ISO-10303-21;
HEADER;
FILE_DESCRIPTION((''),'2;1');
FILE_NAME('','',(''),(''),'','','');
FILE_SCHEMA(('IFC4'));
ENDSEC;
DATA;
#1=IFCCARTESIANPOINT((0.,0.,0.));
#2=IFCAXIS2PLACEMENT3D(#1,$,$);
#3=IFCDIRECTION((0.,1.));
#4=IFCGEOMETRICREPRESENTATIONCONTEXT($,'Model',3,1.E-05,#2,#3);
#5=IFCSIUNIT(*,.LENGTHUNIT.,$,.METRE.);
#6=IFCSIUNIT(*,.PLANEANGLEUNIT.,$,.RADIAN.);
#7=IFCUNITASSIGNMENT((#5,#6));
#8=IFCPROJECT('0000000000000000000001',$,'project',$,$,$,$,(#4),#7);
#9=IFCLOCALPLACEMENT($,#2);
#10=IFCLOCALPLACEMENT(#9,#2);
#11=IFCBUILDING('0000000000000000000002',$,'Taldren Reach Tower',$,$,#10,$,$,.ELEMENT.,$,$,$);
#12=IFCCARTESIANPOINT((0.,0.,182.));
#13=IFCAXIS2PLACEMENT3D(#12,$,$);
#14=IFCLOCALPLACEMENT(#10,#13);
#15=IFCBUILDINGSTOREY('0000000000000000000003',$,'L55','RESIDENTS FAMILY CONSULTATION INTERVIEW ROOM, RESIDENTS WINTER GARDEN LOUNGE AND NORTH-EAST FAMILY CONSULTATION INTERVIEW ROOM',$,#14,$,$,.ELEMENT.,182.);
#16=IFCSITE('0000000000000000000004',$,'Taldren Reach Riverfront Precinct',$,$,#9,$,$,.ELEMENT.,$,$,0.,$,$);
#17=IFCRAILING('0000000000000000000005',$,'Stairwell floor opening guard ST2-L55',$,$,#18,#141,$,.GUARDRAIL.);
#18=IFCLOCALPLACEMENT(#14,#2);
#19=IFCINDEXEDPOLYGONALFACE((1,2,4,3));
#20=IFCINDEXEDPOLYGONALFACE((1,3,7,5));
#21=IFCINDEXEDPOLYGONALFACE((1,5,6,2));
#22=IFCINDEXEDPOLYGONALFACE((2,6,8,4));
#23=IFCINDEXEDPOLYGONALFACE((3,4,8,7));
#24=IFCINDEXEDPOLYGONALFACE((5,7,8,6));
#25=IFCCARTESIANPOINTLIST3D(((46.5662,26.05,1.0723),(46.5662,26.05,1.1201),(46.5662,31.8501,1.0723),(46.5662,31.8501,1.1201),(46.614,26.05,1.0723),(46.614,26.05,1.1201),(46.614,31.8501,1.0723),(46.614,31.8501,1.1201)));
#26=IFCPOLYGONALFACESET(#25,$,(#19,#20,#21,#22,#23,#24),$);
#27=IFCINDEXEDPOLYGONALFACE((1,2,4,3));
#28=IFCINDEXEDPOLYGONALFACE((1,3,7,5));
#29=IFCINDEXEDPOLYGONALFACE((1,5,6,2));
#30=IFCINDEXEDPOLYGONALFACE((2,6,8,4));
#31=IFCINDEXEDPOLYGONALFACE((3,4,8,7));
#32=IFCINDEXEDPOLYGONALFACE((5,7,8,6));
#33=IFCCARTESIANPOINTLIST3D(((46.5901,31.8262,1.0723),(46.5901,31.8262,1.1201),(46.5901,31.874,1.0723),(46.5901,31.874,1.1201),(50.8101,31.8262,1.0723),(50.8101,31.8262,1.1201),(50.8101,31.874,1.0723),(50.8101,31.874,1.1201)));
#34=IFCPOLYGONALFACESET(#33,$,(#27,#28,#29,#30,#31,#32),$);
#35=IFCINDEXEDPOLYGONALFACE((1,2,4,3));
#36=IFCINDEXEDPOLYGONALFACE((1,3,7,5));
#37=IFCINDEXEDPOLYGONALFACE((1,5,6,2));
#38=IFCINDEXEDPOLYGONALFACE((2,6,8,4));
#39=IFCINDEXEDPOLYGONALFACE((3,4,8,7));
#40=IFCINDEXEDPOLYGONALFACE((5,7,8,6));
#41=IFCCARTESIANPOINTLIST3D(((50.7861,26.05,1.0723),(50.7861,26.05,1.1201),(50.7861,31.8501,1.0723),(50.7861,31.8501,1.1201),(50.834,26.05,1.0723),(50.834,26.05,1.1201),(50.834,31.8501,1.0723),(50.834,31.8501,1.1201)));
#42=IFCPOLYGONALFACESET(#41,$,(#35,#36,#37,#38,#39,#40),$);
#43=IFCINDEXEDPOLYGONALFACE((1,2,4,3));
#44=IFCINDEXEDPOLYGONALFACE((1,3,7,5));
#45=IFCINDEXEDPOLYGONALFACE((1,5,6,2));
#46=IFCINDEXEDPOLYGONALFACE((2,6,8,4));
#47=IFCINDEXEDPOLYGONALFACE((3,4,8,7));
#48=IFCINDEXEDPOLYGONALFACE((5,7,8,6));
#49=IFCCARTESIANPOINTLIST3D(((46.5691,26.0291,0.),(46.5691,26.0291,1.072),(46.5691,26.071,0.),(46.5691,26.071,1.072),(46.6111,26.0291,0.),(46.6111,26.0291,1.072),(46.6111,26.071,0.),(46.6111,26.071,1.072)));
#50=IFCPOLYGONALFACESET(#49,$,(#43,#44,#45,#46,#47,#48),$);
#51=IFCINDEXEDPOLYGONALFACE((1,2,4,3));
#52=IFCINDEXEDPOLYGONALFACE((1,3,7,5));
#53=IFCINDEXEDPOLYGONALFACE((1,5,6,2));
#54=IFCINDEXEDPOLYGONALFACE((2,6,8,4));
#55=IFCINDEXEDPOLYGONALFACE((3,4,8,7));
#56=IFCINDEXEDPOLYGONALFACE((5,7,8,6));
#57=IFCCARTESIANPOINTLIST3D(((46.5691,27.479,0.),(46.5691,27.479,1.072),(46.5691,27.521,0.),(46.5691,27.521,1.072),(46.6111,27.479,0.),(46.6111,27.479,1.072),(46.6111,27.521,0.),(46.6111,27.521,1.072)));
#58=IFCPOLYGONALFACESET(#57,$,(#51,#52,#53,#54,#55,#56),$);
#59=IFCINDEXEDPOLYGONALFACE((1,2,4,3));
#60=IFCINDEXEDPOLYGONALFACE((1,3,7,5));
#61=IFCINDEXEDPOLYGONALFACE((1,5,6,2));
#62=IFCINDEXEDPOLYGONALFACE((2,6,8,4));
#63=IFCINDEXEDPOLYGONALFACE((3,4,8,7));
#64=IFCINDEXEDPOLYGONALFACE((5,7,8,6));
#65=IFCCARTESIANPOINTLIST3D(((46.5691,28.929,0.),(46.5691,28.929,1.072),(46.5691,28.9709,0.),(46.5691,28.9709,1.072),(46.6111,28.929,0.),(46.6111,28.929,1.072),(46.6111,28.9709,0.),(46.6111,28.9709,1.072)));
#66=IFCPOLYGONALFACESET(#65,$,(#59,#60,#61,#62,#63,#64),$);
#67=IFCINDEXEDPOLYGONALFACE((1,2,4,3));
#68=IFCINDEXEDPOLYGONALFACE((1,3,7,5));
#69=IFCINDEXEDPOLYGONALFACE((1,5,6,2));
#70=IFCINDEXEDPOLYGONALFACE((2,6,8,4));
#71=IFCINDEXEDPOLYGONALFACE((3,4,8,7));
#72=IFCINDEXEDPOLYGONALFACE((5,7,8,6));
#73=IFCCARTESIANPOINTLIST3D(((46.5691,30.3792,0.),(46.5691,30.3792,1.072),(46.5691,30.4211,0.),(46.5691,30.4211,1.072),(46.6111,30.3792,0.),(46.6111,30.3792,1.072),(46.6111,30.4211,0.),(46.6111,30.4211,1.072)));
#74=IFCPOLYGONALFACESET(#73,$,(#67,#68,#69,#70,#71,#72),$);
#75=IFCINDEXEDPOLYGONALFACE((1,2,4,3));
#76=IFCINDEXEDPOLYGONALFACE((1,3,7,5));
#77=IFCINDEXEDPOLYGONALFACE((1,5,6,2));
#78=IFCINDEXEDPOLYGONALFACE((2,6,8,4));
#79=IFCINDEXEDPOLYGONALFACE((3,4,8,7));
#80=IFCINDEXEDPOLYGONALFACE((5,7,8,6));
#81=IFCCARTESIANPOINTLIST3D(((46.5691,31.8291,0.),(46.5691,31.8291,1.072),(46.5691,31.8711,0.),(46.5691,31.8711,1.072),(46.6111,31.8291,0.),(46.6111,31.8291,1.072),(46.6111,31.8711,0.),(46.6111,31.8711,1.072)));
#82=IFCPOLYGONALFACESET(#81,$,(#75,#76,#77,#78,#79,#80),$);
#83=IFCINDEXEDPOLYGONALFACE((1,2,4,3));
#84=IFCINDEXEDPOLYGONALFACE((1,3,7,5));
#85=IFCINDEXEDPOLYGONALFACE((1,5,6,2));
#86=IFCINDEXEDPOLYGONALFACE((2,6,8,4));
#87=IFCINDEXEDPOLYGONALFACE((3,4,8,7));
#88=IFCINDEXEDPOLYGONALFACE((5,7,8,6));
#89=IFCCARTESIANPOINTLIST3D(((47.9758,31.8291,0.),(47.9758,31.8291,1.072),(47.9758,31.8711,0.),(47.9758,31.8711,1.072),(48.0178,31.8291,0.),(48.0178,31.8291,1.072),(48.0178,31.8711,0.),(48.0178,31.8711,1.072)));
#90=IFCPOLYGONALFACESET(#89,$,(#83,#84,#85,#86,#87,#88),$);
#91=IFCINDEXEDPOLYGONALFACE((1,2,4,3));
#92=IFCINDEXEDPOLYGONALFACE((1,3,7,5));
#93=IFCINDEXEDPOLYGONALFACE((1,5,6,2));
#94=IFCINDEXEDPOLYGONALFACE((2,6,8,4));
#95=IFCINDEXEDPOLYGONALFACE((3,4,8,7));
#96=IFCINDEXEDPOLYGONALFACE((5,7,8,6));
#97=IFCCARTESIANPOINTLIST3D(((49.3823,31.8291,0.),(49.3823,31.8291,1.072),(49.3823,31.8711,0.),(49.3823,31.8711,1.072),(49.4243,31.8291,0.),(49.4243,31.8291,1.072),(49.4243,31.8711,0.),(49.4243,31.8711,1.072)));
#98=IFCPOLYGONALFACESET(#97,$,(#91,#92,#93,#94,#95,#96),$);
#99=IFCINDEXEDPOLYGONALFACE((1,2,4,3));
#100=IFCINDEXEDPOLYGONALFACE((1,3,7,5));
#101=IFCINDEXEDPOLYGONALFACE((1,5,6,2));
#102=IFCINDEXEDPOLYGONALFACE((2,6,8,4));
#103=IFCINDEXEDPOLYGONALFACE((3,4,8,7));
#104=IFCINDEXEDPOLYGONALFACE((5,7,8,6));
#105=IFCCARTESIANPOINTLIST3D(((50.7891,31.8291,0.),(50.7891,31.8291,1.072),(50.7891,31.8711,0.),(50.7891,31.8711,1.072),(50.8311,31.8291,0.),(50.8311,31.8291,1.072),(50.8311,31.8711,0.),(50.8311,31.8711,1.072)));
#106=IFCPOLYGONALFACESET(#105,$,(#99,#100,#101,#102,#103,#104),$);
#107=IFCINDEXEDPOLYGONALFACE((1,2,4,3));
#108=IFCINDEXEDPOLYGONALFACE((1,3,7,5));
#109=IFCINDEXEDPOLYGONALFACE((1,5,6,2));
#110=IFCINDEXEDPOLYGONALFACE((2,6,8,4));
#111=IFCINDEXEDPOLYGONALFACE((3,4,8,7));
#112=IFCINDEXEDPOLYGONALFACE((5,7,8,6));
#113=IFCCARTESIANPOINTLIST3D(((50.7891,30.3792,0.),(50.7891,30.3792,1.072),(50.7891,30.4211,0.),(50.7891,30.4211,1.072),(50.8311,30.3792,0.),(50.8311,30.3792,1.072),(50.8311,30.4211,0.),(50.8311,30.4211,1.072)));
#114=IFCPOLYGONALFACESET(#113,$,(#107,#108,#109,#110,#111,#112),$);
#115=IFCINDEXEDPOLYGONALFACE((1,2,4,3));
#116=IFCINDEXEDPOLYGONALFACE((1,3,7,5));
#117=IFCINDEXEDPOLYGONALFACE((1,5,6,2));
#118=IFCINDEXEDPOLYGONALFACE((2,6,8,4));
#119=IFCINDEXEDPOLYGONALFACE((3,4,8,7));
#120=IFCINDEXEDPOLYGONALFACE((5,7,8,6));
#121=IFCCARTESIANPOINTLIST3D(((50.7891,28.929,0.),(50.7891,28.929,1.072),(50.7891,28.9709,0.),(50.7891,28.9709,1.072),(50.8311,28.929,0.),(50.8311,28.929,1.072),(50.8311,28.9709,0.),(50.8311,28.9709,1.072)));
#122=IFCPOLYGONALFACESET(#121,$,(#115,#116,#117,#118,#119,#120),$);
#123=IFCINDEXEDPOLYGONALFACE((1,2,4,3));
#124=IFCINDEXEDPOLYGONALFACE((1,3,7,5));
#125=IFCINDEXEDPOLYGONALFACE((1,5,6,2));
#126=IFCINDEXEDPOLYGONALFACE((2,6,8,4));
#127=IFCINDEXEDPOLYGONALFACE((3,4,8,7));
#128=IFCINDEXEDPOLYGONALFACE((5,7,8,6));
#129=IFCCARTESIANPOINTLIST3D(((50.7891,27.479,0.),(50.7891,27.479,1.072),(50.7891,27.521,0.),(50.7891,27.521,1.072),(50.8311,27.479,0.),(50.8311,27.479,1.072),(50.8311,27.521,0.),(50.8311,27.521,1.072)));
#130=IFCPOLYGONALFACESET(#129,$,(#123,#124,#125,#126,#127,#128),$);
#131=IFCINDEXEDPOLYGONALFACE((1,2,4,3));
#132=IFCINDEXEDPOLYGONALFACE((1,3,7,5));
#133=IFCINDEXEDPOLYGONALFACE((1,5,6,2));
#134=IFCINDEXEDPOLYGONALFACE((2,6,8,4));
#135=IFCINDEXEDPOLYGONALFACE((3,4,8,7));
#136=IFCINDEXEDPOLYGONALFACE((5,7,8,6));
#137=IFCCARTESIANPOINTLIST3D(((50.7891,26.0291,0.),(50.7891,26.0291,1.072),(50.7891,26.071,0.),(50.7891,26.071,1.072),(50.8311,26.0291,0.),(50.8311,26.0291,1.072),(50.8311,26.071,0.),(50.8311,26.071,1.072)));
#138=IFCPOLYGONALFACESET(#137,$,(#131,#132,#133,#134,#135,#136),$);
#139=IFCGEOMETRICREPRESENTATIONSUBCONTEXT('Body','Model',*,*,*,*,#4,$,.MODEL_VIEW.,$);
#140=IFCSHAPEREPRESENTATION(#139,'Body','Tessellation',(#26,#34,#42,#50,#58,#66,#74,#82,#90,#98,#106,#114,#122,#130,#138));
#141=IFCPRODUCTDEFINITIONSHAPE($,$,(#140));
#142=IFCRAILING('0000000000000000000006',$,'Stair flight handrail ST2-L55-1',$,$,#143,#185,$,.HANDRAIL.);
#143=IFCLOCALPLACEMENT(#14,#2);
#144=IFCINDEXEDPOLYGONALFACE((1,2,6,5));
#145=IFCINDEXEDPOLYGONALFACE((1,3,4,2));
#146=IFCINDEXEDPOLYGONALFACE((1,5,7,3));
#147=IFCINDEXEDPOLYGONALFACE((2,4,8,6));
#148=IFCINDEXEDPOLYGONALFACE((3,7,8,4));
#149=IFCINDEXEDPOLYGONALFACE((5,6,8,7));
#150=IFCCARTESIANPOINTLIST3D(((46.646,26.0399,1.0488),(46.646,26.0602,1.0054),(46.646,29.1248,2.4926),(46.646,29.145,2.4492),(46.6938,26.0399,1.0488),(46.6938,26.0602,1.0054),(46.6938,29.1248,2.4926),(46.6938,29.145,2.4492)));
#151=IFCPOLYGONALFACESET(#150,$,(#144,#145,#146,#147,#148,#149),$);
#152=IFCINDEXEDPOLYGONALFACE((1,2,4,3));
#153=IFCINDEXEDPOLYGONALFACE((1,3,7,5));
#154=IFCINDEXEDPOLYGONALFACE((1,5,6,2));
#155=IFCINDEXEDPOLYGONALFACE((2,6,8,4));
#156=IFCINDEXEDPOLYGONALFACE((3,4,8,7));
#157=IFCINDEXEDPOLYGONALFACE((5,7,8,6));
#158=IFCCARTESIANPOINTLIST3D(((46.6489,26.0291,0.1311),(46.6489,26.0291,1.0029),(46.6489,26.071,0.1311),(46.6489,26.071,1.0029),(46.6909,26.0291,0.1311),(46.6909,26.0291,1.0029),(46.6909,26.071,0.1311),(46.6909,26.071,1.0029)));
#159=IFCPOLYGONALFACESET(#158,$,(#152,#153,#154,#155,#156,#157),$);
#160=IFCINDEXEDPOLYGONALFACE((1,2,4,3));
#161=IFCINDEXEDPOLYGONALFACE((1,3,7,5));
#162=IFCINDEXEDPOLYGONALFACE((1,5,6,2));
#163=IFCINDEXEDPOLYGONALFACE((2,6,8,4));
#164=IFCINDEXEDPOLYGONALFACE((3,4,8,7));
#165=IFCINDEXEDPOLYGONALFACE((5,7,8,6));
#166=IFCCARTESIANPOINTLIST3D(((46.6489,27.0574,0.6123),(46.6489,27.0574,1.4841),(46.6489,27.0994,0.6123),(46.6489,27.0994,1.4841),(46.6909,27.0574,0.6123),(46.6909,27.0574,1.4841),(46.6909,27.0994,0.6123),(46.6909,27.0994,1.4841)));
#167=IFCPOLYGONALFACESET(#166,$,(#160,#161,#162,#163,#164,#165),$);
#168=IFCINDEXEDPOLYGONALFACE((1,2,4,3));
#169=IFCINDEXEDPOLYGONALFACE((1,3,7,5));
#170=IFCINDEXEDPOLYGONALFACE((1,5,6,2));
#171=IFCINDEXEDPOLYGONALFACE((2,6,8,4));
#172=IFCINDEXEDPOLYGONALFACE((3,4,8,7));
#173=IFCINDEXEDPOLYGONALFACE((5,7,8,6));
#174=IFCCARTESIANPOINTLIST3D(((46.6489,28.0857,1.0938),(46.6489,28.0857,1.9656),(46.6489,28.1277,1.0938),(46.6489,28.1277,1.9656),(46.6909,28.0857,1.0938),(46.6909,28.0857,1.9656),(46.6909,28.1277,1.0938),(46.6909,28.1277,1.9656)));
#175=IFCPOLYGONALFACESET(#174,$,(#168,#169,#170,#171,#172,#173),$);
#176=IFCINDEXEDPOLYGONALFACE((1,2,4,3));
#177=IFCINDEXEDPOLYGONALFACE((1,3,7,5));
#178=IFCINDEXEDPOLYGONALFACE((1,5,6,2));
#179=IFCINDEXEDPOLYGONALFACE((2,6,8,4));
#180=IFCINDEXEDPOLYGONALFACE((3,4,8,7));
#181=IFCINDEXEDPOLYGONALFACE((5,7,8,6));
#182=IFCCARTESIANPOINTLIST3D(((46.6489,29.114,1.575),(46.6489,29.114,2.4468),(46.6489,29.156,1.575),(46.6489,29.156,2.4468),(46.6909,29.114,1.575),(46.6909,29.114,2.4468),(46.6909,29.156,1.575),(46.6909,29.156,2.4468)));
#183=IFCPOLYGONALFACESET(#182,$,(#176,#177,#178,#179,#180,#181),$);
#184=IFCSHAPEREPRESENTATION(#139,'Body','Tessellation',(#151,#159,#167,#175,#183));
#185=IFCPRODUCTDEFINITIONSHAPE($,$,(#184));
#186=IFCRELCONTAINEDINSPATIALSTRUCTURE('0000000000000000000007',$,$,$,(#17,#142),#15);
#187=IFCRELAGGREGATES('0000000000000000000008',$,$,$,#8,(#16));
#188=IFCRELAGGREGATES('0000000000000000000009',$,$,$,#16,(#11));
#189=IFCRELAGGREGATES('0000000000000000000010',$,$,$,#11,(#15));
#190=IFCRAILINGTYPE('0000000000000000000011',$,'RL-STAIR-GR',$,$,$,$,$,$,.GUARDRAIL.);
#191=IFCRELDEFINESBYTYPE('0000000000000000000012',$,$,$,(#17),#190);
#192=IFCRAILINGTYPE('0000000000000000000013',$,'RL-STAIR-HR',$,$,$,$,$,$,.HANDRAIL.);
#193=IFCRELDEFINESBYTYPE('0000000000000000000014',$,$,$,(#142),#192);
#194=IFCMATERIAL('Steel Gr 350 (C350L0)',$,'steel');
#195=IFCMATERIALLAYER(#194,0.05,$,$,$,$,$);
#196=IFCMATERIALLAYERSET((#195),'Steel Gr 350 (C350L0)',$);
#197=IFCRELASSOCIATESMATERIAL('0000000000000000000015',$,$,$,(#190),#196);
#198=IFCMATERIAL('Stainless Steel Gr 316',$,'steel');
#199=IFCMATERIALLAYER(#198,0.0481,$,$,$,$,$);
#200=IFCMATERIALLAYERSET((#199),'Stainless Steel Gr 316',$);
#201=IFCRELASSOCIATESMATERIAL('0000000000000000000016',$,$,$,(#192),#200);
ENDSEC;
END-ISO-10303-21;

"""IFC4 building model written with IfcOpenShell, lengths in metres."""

from ifc_helpers import new_model, si_unit, direction, frame, origin, origin_2d, place, context, subcontext, project, spatial, rectangle, extrude, material, layer, layer_set, type_object, element, save


model = new_model("IFC4")

# Units and contexts
model_context = context("Model", 3, precision=1e-05, world=origin(), true_north=direction((0.0, 1.0)))
body_context = subcontext(model_context, "Body", "Model", "MODEL_VIEW")
ifc_project = project(units=[si_unit("LENGTHUNIT", "METRE"), si_unit("PLANEANGLEUNIT", "RADIAN")], contexts=[model_context])

# Site, building, storey
site_placement = place(None, origin())
site = spatial("IfcSite", under=ifc_project, at=site_placement, Name="Taldren Reach Riverfront Precinct", CompositionType="ELEMENT", RefElevation=0.0)
building_placement = place(site_placement, origin())
building = spatial("IfcBuilding", under=site, at=building_placement, Name="Taldren Reach Tower", CompositionType="ELEMENT")
storey_placement = place(building_placement, frame((0.0, 0.0, 182.0)))
storey = spatial("IfcBuildingStorey", under=building, at=storey_placement, Name="L55", Description="RESIDENTS FAMILY CONSULTATION INTERVIEW ROOM, RESIDENTS WINTER GARDEN LOUNGE AND NORTH-EAST FAMILY CONSULTATION INTERVIEW ROOM", CompositionType="ELEMENT", Elevation=182.0)

# Shared definitions
ifc_material_1 = material(Name="Steel Gr 350 (C350L0)", Category="steel")

# Railings
ifc_layer_1 = layer(ifc_material_1, 0.05)
ifc_layer_set_1 = layer_set([ifc_layer_1], Name="Steel Gr 350 (C350L0)")
railing_type_1 = type_object("IfcRailingType", Name="RL-STAIR-GR", PredefinedType="GUARDRAIL", material=ifc_layer_set_1)
railing_1_placement = place(storey_placement, frame((46.5901, 26.05, 0.0)))
element("IfcRailing", 1, at=railing_1_placement, inside=storey, type_object=railing_type_1, Name="Stairwell floor opening guard ST2-L55", PredefinedType="GUARDRAIL", context=body_context, shape_type="SweptSolid", body=[
    extrude(rectangle(XDim=0.0479, YDim=0.0479, at=origin_2d()), frame((0.0, 0.0, 1.0962), z_axis=(0.0, 1.0, 0.0), x_axis=(-1.0, 0.0, 0.0)), (0.0, 0.0, 1.0), 5.8),
    extrude(rectangle(XDim=0.0479, YDim=0.0479, at=origin_2d()), frame((0.0, 5.8, 1.0962), z_axis=(1.0, 0.0, 0.0), x_axis=(0.0, 1.0, 0.0)), (0.0, 0.0, 1.0), 4.22),
    extrude(rectangle(XDim=0.0479, YDim=0.0479, at=origin_2d()), frame((4.22, 5.8, 1.0962), z_axis=(0.0, -1.0, 0.0), x_axis=(1.0, 0.0, 0.0)), (0.0, 0.0, 1.0), 5.8),
    extrude(rectangle(XDim=0.042, YDim=0.042, at=origin_2d()), origin(), (0.0, 0.0, 1.0), 1.072),
    extrude(rectangle(XDim=0.042, YDim=0.042, at=origin_2d()), frame((0.0, 1.45, 0.0)), (0.0, 0.0, 1.0), 1.072),
    extrude(rectangle(XDim=0.042, YDim=0.042, at=origin_2d()), frame((0.0, 2.8999, 0.0)), (0.0, 0.0, 1.0), 1.072),
    extrude(rectangle(XDim=0.042, YDim=0.042, at=origin_2d()), frame((0.0, 4.3501, 0.0)), (0.0, 0.0, 1.0), 1.072),
    extrude(rectangle(XDim=0.042, YDim=0.042, at=origin_2d()), frame((0.0, 5.8, 0.0)), (0.0, 0.0, 1.0), 1.072),
    extrude(rectangle(XDim=0.042, YDim=0.042, at=origin_2d()), frame((1.4067, 5.8, 0.0)), (0.0, 0.0, 1.0), 1.072),
    extrude(rectangle(XDim=0.042, YDim=0.042, at=origin_2d()), frame((2.8132, 5.8, 0.0)), (0.0, 0.0, 1.0), 1.072),
    extrude(rectangle(XDim=0.042, YDim=0.042, at=origin_2d()), frame((4.22, 5.8, 0.0)), (0.0, 0.0, 1.0), 1.072),
    extrude(rectangle(XDim=0.042, YDim=0.042, at=origin_2d()), frame((4.22, 4.3501, 0.0)), (0.0, 0.0, 1.0), 1.072),
    extrude(rectangle(XDim=0.042, YDim=0.042, at=origin_2d()), frame((4.22, 2.8999, 0.0)), (0.0, 0.0, 1.0), 1.072),
    extrude(rectangle(XDim=0.042, YDim=0.042, at=origin_2d()), frame((4.22, 1.45, 0.0)), (0.0, 0.0, 1.0), 1.072),
    extrude(rectangle(XDim=0.042, YDim=0.042, at=origin_2d()), frame((4.22, 0.0, 0.0)), (0.0, 0.0, 1.0), 1.072),
])
ifc_material_2 = material(Name="Stainless Steel Gr 316", Category="steel")
ifc_layer_2 = layer(ifc_material_2, 0.0481)
ifc_layer_set_2 = layer_set([ifc_layer_2], Name="Stainless Steel Gr 316")
railing_type_2 = type_object("IfcRailingType", Name="RL-STAIR-HR", PredefinedType="HANDRAIL", material=ifc_layer_set_2)
railing_2_placement = place(storey_placement, frame((46.6699, 26.05, 0.1311)))
element("IfcRailing", 2, at=railing_2_placement, inside=storey, type_object=railing_type_2, Name="Stair flight handrail ST2-L55-1", PredefinedType="HANDRAIL", context=body_context, shape_type="SweptSolid", body=[
    extrude(rectangle(XDim=0.0479, YDim=0.0479, at=origin_2d()), frame((0.0, 0.0, 0.896), z_axis=(0.0, 0.90571, 0.423898), x_axis=(-1.0, 0.0, 0.0)), (0.0, 0.0, 1.0), 3.406),
    extrude(rectangle(XDim=0.042, YDim=0.042, at=origin_2d()), origin(), (0.0, 0.0, 1.0), 0.8718),
    extrude(rectangle(XDim=0.042, YDim=0.042, at=origin_2d()), frame((0.0, 1.0283, 0.4812)), (0.0, 0.0, 1.0), 0.8718),
    extrude(rectangle(XDim=0.042, YDim=0.042, at=origin_2d()), frame((0.0, 2.0566, 0.9626)), (0.0, 0.0, 1.0), 0.8718),
    extrude(rectangle(XDim=0.042, YDim=0.042, at=origin_2d()), frame((0.0, 3.085, 1.4438)), (0.0, 0.0, 1.0), 0.8718),
])

save(model, "model.ifc")
